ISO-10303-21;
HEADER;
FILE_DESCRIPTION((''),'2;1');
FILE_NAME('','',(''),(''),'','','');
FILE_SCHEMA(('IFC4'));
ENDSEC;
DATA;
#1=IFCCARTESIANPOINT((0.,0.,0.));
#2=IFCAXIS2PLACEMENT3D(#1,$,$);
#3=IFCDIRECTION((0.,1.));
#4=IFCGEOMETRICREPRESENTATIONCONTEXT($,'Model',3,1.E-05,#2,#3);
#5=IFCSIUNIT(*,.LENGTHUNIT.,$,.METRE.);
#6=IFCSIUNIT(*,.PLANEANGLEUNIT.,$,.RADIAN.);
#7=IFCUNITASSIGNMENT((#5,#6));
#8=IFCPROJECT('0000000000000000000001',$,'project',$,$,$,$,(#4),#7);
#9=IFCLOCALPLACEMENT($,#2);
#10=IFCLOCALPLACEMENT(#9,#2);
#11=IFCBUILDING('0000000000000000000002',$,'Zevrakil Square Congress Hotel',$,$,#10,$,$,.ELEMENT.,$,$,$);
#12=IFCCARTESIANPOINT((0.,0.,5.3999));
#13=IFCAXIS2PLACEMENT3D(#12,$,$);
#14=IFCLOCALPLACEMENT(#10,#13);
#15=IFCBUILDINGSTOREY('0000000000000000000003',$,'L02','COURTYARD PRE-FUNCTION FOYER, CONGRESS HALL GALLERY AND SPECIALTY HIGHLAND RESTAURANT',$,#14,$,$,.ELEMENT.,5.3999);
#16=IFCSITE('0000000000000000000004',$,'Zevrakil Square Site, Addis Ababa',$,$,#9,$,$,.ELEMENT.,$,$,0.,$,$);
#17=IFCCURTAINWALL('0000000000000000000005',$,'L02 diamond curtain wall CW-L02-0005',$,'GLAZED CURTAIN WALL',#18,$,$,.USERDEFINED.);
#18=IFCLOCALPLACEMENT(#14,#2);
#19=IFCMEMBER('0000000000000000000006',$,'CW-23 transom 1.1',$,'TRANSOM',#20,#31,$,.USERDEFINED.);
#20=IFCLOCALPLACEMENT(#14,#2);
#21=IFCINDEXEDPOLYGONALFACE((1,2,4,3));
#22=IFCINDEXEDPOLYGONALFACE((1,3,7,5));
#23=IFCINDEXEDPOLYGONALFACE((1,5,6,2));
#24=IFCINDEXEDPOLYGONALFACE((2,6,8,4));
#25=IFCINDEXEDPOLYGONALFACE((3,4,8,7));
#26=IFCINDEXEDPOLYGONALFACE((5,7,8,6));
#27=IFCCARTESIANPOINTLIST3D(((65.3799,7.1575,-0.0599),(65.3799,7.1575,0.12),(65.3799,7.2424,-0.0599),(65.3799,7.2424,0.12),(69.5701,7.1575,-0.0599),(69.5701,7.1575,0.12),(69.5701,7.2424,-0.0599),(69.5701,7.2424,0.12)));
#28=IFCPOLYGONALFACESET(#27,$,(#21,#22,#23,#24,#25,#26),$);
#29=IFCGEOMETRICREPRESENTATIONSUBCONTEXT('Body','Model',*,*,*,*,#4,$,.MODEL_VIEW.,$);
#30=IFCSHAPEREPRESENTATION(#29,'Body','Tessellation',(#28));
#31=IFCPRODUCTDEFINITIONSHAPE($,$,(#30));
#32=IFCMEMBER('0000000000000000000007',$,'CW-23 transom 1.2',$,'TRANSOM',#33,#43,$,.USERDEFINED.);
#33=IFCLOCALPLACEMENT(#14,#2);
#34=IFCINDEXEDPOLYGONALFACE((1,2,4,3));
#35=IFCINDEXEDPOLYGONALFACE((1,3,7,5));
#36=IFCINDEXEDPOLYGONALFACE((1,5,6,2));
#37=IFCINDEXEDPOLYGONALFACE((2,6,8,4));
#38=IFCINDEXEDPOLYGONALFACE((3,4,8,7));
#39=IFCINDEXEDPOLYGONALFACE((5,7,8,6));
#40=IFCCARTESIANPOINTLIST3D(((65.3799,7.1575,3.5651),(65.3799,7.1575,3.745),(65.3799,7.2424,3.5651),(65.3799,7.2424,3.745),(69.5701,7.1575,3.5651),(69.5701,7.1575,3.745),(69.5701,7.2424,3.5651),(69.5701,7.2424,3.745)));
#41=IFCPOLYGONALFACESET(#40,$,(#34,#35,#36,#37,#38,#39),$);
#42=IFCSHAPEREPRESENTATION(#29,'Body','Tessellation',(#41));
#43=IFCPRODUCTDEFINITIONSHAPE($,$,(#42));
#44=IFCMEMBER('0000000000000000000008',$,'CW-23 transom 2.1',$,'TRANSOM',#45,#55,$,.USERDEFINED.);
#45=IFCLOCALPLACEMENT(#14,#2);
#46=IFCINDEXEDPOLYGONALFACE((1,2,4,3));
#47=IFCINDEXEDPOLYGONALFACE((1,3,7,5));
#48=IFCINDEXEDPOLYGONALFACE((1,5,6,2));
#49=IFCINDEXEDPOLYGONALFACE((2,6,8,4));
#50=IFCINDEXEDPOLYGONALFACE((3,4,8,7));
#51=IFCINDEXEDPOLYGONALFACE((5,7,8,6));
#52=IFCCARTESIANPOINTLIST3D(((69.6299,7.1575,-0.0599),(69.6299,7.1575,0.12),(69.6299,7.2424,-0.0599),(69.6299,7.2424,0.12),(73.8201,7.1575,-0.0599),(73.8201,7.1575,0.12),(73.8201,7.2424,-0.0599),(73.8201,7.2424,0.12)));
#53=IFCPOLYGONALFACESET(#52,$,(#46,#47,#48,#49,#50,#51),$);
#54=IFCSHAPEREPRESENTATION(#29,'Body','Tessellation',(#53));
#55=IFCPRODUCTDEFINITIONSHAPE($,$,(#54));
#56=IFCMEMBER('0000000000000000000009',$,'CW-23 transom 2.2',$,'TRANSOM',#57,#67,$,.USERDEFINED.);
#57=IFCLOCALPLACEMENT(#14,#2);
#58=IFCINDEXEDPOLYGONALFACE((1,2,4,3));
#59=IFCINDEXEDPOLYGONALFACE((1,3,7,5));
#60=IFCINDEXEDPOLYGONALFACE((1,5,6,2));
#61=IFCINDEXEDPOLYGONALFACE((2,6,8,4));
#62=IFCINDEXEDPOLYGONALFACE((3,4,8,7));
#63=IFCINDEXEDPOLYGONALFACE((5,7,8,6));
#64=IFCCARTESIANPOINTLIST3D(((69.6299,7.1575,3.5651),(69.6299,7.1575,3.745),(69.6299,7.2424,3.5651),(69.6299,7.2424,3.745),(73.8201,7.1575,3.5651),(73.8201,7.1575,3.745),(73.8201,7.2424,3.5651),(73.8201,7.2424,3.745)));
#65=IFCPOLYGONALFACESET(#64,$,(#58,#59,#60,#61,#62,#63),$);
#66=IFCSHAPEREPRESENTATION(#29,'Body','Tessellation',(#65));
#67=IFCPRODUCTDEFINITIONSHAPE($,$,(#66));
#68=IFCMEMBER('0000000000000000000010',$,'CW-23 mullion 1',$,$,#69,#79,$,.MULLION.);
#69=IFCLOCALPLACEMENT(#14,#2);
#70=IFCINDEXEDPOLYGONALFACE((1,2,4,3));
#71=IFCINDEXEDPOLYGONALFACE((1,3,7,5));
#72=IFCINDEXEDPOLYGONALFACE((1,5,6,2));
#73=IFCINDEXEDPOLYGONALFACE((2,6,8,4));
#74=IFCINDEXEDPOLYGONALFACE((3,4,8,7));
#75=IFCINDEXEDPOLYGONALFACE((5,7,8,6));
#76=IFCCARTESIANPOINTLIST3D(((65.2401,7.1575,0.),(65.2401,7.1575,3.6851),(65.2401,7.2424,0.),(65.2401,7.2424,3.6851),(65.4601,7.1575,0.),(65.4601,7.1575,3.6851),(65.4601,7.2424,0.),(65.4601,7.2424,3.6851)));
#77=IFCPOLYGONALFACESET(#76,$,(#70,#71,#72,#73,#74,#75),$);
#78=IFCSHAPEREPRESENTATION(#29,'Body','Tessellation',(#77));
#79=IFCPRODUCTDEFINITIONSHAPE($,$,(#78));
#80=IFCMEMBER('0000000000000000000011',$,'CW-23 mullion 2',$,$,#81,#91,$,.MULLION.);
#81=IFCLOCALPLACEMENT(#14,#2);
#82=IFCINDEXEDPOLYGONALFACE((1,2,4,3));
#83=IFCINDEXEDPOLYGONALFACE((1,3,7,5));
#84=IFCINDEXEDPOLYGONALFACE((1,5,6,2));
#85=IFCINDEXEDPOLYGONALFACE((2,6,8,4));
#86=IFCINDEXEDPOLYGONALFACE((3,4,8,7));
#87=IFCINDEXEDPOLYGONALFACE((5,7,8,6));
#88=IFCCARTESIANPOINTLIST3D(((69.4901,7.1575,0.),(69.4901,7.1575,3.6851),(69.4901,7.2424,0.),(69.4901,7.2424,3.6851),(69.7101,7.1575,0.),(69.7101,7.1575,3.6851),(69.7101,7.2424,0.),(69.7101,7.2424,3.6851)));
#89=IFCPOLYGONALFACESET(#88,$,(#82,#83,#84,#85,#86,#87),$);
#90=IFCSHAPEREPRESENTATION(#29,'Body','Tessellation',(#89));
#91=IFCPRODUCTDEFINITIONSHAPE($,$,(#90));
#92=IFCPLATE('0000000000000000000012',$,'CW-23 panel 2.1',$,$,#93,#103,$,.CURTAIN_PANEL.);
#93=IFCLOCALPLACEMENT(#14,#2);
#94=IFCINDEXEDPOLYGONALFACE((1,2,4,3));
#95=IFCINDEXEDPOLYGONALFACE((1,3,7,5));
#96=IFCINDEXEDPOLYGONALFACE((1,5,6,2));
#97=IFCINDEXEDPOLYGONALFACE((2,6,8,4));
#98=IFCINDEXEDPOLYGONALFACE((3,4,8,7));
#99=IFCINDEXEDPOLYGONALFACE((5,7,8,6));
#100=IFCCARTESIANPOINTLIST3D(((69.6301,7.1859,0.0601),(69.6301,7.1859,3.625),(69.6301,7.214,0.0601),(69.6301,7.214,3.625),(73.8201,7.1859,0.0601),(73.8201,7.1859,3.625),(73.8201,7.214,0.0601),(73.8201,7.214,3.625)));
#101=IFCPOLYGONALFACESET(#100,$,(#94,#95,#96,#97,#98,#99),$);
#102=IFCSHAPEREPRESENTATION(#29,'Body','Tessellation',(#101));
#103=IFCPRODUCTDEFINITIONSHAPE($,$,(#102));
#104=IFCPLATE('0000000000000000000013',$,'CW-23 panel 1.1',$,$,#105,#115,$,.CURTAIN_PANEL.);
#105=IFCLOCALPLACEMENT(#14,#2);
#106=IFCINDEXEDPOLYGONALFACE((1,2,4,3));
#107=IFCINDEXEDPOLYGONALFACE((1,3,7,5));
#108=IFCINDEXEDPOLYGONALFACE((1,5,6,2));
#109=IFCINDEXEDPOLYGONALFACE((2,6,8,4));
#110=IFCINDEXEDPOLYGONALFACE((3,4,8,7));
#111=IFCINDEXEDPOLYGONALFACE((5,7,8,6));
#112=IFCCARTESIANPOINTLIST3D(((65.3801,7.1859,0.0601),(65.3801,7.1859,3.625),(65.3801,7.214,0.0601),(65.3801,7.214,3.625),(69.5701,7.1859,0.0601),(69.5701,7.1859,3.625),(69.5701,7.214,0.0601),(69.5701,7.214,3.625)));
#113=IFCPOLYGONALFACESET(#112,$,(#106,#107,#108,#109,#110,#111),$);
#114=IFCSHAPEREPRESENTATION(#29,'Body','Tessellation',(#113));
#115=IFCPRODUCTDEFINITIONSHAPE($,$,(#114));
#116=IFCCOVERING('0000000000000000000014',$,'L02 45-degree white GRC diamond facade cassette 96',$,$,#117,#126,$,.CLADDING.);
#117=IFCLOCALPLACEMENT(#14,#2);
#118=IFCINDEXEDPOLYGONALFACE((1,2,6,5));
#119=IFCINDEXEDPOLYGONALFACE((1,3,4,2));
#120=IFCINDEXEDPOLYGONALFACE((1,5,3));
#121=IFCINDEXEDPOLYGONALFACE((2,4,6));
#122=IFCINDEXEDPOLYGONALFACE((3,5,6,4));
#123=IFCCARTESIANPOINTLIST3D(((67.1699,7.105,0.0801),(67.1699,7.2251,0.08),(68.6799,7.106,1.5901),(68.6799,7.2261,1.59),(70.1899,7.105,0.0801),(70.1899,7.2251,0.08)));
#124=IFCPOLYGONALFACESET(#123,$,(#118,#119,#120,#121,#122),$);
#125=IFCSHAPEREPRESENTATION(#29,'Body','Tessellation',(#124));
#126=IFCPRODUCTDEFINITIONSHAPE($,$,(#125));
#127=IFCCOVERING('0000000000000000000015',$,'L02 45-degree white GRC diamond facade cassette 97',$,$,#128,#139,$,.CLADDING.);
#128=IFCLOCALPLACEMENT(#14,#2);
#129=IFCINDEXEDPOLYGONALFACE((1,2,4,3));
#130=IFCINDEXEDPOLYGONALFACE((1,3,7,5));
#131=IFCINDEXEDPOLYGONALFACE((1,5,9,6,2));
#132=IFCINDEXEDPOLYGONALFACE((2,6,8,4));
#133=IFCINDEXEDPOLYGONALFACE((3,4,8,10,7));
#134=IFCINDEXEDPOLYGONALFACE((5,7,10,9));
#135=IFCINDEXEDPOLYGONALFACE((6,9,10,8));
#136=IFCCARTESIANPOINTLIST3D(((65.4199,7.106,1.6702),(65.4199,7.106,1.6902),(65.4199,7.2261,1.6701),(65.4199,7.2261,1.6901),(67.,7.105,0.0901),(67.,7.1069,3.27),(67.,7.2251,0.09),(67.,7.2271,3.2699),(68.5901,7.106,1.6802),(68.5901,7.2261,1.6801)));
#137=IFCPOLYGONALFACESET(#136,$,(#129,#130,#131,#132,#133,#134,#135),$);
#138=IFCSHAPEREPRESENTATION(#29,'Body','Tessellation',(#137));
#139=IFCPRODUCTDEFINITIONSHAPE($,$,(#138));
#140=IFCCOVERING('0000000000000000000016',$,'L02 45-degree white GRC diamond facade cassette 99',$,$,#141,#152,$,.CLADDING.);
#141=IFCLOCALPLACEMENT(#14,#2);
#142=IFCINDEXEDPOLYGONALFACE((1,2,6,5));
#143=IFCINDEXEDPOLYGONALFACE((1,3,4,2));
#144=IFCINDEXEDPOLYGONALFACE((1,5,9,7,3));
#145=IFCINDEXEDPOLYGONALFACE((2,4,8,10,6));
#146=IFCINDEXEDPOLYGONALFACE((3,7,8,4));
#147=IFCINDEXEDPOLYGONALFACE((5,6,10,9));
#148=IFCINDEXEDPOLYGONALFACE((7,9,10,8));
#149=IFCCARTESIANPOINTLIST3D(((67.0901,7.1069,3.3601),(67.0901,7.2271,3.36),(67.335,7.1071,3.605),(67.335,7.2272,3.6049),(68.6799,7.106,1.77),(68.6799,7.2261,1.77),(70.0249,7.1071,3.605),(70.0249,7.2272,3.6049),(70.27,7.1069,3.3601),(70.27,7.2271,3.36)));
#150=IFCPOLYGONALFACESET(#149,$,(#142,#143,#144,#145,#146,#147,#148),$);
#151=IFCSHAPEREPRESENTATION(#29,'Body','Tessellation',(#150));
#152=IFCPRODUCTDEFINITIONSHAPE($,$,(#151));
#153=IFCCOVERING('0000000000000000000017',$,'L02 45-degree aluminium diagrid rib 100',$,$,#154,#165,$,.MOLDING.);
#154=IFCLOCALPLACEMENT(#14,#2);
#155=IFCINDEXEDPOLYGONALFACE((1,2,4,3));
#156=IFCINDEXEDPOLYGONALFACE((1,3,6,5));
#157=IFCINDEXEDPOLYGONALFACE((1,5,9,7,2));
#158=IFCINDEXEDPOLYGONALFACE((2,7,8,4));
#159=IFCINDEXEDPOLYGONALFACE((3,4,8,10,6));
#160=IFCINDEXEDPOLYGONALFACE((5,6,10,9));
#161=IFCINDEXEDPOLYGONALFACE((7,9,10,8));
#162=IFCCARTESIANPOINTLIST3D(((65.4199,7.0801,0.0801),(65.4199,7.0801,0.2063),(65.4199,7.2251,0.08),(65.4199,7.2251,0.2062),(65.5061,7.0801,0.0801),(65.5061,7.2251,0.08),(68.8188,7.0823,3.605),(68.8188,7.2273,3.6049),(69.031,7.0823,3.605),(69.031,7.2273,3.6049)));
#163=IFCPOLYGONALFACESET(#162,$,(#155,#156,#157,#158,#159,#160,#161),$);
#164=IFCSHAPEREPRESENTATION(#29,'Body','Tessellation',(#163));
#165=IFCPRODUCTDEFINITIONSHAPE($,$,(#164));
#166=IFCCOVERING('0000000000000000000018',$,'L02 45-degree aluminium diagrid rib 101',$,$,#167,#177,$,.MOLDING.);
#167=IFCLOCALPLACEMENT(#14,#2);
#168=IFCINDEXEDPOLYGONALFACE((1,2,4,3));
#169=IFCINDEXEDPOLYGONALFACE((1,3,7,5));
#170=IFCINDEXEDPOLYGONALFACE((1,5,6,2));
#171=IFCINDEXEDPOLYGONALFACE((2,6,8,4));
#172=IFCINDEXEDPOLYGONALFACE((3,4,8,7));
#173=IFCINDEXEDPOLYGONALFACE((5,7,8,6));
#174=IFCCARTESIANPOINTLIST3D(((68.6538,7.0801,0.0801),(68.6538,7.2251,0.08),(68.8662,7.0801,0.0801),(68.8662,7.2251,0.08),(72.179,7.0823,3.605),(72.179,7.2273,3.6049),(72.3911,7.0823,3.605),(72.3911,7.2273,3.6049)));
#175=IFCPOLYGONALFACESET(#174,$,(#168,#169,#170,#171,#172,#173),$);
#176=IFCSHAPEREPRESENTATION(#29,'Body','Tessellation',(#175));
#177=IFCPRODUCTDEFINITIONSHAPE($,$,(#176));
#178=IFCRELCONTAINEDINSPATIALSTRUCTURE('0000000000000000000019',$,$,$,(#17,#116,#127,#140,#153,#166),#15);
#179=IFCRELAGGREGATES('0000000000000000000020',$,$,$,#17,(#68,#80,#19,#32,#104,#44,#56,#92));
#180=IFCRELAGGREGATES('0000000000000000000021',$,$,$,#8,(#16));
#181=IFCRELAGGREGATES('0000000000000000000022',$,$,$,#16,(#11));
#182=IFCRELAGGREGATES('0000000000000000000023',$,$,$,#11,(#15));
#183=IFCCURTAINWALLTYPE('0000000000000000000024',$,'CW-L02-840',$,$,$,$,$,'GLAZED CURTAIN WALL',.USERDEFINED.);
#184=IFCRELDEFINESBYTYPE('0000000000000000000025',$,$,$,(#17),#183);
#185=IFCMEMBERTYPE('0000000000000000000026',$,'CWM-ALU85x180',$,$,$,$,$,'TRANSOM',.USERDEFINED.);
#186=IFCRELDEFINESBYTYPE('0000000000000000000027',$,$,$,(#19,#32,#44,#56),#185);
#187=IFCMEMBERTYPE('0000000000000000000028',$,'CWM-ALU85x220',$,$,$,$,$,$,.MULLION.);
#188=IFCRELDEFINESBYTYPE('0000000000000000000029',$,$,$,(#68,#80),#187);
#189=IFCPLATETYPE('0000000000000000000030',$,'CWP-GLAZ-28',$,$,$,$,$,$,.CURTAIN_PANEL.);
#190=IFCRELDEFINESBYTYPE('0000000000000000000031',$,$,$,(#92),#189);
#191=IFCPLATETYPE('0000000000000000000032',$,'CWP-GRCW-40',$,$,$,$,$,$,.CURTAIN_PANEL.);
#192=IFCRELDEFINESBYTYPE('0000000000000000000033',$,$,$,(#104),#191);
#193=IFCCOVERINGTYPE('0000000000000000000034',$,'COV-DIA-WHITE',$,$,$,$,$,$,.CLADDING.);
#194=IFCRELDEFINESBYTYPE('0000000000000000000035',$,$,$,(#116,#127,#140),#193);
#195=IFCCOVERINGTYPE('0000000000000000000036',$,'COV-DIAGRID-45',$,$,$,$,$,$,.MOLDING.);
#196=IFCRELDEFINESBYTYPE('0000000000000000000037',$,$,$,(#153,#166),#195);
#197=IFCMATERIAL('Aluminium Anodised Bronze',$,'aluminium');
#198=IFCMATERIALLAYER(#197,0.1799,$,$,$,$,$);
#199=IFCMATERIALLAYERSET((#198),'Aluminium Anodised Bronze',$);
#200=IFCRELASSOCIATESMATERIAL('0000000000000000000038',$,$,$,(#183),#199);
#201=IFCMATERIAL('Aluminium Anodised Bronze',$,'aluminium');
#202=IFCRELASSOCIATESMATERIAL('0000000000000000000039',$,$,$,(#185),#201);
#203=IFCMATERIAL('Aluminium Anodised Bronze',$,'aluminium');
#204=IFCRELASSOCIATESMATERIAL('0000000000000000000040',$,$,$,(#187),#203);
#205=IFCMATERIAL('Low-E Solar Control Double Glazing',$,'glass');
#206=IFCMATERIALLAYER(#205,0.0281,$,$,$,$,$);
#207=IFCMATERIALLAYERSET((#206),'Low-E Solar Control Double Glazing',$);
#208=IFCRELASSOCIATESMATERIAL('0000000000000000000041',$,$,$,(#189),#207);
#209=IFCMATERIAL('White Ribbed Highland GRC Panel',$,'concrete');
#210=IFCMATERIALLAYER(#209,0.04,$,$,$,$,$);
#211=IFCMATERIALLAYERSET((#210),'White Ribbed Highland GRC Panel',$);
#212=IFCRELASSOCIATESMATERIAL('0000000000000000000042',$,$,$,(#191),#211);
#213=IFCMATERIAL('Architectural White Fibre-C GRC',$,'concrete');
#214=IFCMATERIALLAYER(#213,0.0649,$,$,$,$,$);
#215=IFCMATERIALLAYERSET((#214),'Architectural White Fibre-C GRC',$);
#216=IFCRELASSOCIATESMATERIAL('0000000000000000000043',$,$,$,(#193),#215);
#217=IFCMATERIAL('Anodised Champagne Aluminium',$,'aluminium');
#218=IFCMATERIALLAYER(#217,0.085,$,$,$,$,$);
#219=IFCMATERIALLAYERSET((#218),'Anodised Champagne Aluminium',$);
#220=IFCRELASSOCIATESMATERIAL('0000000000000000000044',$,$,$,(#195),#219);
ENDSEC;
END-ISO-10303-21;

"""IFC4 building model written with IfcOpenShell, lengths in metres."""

from ifc_helpers import new_model, si_unit, direction, frame, origin, origin_2d, place, context, subcontext, project, spatial, polyline, rectangle, outline, extrude, material, layer, layer_set, material_profile, profile_set, type_object, element, aggregate, save


model = new_model("IFC4")

# Units and contexts
model_context = context("Model", 3, precision=1e-05, world=origin(), true_north=direction((0.0, 1.0)))
body_context = subcontext(model_context, "Body", "Model", "MODEL_VIEW")
ifc_project = project(units=[si_unit("LENGTHUNIT", "METRE"), si_unit("PLANEANGLEUNIT", "RADIAN")], contexts=[model_context])

# Site, building, storey
site_placement = place(None, origin())
site = spatial("IfcSite", under=ifc_project, at=site_placement, Name="Zevrakil Square Site, Addis Ababa", CompositionType="ELEMENT", RefElevation=0.0)
building_placement = place(site_placement, origin())
building = spatial("IfcBuilding", under=site, at=building_placement, Name="Zevrakil Square Congress Hotel", CompositionType="ELEMENT")
storey_placement = place(building_placement, frame((0.0, 0.0, 5.3999)))
storey = spatial("IfcBuildingStorey", under=building, at=storey_placement, Name="L02", Description="COURTYARD PRE-FUNCTION FOYER, CONGRESS HALL GALLERY AND SPECIALTY HIGHLAND RESTAURANT", CompositionType="ELEMENT", Elevation=5.3999)

# Curtain wall, members, plates
ifc_material_1 = material(Name="Aluminium Anodised Bronze", Category="aluminium")
ifc_layer_1 = layer(ifc_material_1, 0.1799)
ifc_layer_set_1 = layer_set([ifc_layer_1], Name="Aluminium Anodised Bronze")
curtain_wall_type = type_object("IfcCurtainWallType", Name="CW-L02-840", ElementType="GLAZED CURTAIN WALL", PredefinedType="USERDEFINED", material=ifc_layer_set_1)
curtain_wall_placement = place(storey_placement, origin())
curtain_wall = element("IfcCurtainWall", 1, at=curtain_wall_placement, inside=storey, type_object=curtain_wall_type, Name="L02 diamond curtain wall CW-L02-0005", ObjectType="GLAZED CURTAIN WALL", PredefinedType="USERDEFINED")
ifc_material_2 = material(Name="Aluminium Anodised Bronze", Category="aluminium")
ifc_material_profile_1 = material_profile(ifc_material_2, rectangle(XDim=0.085, YDim=0.1799, at=origin_2d()), Name="ALU 85x180")
ifc_profile_set_1 = profile_set([ifc_material_profile_1], Name="Aluminium Anodised Bronze")
member_type_1 = type_object("IfcMemberType", Name="CWM-ALU85x180", ElementType="TRANSOM", PredefinedType="USERDEFINED", material=ifc_profile_set_1)
member_1_placement = place(storey_placement, frame((65.3799, 7.2, 0.03), z_axis=(1.0, 0.0, 0.0), x_axis=(0.0, 1.0, 0.0)))
member_1 = element("IfcMember", 2, at=member_1_placement, type_object=member_type_1, Name="CW-23 transom 1.1", ObjectType="TRANSOM", PredefinedType="USERDEFINED", context=body_context, shape_type="SweptSolid", body=[
    extrude(rectangle(XDim=0.085, YDim=0.1799, at=origin_2d()), origin(), (0.0, 0.0, 1.0), 4.1902),
])
member_2_placement = place(storey_placement, frame((65.3799, 7.2, 3.655), z_axis=(1.0, 0.0, 0.0), x_axis=(0.0, 1.0, 0.0)))
member_2 = element("IfcMember", 3, at=member_2_placement, type_object=member_type_1, Name="CW-23 transom 1.2", ObjectType="TRANSOM", PredefinedType="USERDEFINED", context=body_context, shape_type="SweptSolid", body=[
    extrude(rectangle(XDim=0.085, YDim=0.1799, at=origin_2d()), origin(), (0.0, 0.0, 1.0), 4.1902),
])
member_3_placement = place(storey_placement, frame((69.6299, 7.2, 0.03), z_axis=(1.0, 0.0, 0.0), x_axis=(0.0, 1.0, 0.0)))
member_3 = element("IfcMember", 4, at=member_3_placement, type_object=member_type_1, Name="CW-23 transom 2.1", ObjectType="TRANSOM", PredefinedType="USERDEFINED", context=body_context, shape_type="SweptSolid", body=[
    extrude(rectangle(XDim=0.085, YDim=0.1799, at=origin_2d()), origin(), (0.0, 0.0, 1.0), 4.1902),
])
member_4_placement = place(storey_placement, frame((69.6299, 7.2, 3.655), z_axis=(1.0, 0.0, 0.0), x_axis=(0.0, 1.0, 0.0)))
member_4 = element("IfcMember", 5, at=member_4_placement, type_object=member_type_1, Name="CW-23 transom 2.2", ObjectType="TRANSOM", PredefinedType="USERDEFINED", context=body_context, shape_type="SweptSolid", body=[
    extrude(rectangle(XDim=0.085, YDim=0.1799, at=origin_2d()), origin(), (0.0, 0.0, 1.0), 4.1902),
])
ifc_material_3 = material(Name="Aluminium Anodised Bronze", Category="aluminium")
ifc_material_profile_2 = material_profile(ifc_material_3, rectangle(XDim=0.085, YDim=0.22, at=origin_2d()), Name="ALU 85x220")
ifc_profile_set_2 = profile_set([ifc_material_profile_2], Name="Aluminium Anodised Bronze")
member_type_2 = type_object("IfcMemberType", Name="CWM-ALU85x220", PredefinedType="MULLION", material=ifc_profile_set_2)
member_5_placement = place(storey_placement, frame((65.3501, 7.2, 0.0), z_axis=(0.0, 0.0, 1.0), x_axis=(0.0, 1.0, 0.0)))
member_5 = element("IfcMember", 6, at=member_5_placement, type_object=member_type_2, Name="CW-23 mullion 1", PredefinedType="MULLION", context=body_context, shape_type="SweptSolid", body=[
    extrude(rectangle(XDim=0.085, YDim=0.22, at=origin_2d()), origin(), (0.0, 0.0, 1.0), 3.6851),
])
member_6_placement = place(storey_placement, frame((69.6001, 7.2, 0.0), z_axis=(0.0, 0.0, 1.0), x_axis=(0.0, 1.0, 0.0)))
member_6 = element("IfcMember", 7, at=member_6_placement, type_object=member_type_2, Name="CW-23 mullion 2", PredefinedType="MULLION", context=body_context, shape_type="SweptSolid", body=[
    extrude(rectangle(XDim=0.085, YDim=0.22, at=origin_2d()), origin(), (0.0, 0.0, 1.0), 3.6851),
])
ifc_material_4 = material(Name="Low-E Solar Control Double Glazing", Category="glass")
ifc_layer_2 = layer(ifc_material_4, 0.0281)
ifc_layer_set_2 = layer_set([ifc_layer_2], Name="Low-E Solar Control Double Glazing")
plate_type_1 = type_object("IfcPlateType", Name="CWP-GLAZ-28", PredefinedType="CURTAIN_PANEL", material=ifc_layer_set_2)
plate_1_placement = place(storey_placement, frame((71.7251, 7.2, 0.0601), z_axis=(0.0, 0.0, 1.0), x_axis=(1.0, 0.0, 0.0)))
plate_1 = element("IfcPlate", 8, at=plate_1_placement, type_object=plate_type_1, Name="CW-23 panel 2.1", PredefinedType="CURTAIN_PANEL", context=body_context, shape_type="SweptSolid", body=[
    extrude(rectangle(XDim=4.1899, YDim=0.0281, at=origin_2d()), origin(), (0.0, 0.0, 1.0), 3.5649),
])
ifc_material_5 = material(Name="White Ribbed Highland GRC Panel", Category="concrete")
ifc_layer_3 = layer(ifc_material_5, 0.04)
ifc_layer_set_3 = layer_set([ifc_layer_3], Name="White Ribbed Highland GRC Panel")
plate_type_2 = type_object("IfcPlateType", Name="CWP-GRCW-40", PredefinedType="CURTAIN_PANEL", material=ifc_layer_set_3)
plate_2_placement = place(storey_placement, frame((67.4751, 7.2, 0.0601), z_axis=(0.0, 0.0, 1.0), x_axis=(1.0, 0.0, 0.0)))
plate_2 = element("IfcPlate", 9, at=plate_2_placement, type_object=plate_type_2, Name="CW-23 panel 1.1", PredefinedType="CURTAIN_PANEL", context=body_context, shape_type="SweptSolid", body=[
    extrude(rectangle(XDim=4.1899, YDim=0.0281, at=origin_2d()), origin(), (0.0, 0.0, 1.0), 3.5649),
])
aggregate(curtain_wall, [member_5, member_6, member_1, member_2, plate_2, member_3, member_4, plate_1])

# Coverings
ifc_material_6 = material(Name="Architectural White Fibre-C GRC", Category="concrete")
ifc_layer_4 = layer(ifc_material_6, 0.0649)
ifc_layer_set_4 = layer_set([ifc_layer_4], Name="Architectural White Fibre-C GRC")
covering_type_1 = type_object("IfcCoveringType", Name="COV-DIA-WHITE", PredefinedType="CLADDING", material=ifc_layer_set_4)
covering_1_placement = place(storey_placement, frame((68.6799, 7.106, 1.5901), z_axis=(0.0, -1.0, 0.000647), x_axis=(0.707107, -0.000457, -0.707107)))
element("IfcCovering", 10, at=covering_1_placement, inside=storey, type_object=covering_type_1, Name="L02 45-degree white GRC diamond facade cassette 96", PredefinedType="CLADDING", context=body_context, shape_type="SweptSolid", body=[
    extrude(outline(polyline([(0.0, 0.0), (2.1355, 0.0), (0.0, -2.1355), (0.0, 0.0)])), origin(), (0.0, 0.0, -1.0), 0.1201),
])
covering_2_placement = place(storey_placement, frame((67.0, 7.1069, 3.27), z_axis=(0.0, -1.0, 0.000612), x_axis=(0.707161, -0.000433, -0.707052)))
element("IfcCovering", 11, at=covering_2_placement, inside=storey, type_object=covering_type_1, Name="L02 45-degree white GRC diamond facade cassette 97", PredefinedType="CLADDING", context=body_context, shape_type="SweptSolid", body=[
    extrude(outline(polyline([(0.0, 0.0), (2.2486, 0.0), (2.2484, -2.2487), (0.0138, -2.2486), (-0.0003, -2.2344), (0.0, 0.0)])), origin(), (0.0, 0.0, -1.0), 0.1201),
])
covering_3_placement = place(storey_placement, frame((70.27, 7.1069, 3.3601), z_axis=(0.0, -1.0, 0.000579), x_axis=(-0.707107, -0.00041, -0.707107)))
element("IfcCovering", 12, at=covering_3_placement, inside=storey, type_object=covering_type_1, Name="L02 45-degree white GRC diamond facade cassette 99", PredefinedType="CLADDING", context=body_context, shape_type="SweptSolid", body=[
    extrude(outline(polyline([(0.0, 0.0), (2.2487, 0.0), (2.2486, -2.2486), (1.9022, -2.2486), (0.0002, -0.3465), (0.0, 0.0)])), origin(), (0.0, 0.0, -1.0), 0.1201),
])
ifc_material_7 = material(Name="Anodised Champagne Aluminium", Category="aluminium")
ifc_layer_5 = layer(ifc_material_7, 0.085)
ifc_layer_set_5 = layer_set([ifc_layer_5], Name="Anodised Champagne Aluminium")
covering_type_2 = type_object("IfcCoveringType", Name="COV-DIAGRID-45", PredefinedType="MOLDING", material=ifc_layer_set_5)
covering_4_placement = place(storey_placement, frame((65.5061, 7.0801, 0.0801), z_axis=(0.000187, -1.0, 0.000443), x_axis=(-1.0, -0.000187, 0.0)))
element("IfcCovering", 13, at=covering_4_placement, inside=storey, type_object=covering_type_2, Name="L02 45-degree aluminium diagrid rib 100", PredefinedType="MOLDING", context=body_context, shape_type="SweptSolid", body=[
    extrude(outline(polyline([(0.0, 0.0), (0.0862, 0.0), (0.0862, -0.1262), (-3.3127, -3.5249), (-3.5249, -3.5249), (0.0, 0.0)])), origin(), (0.0, 0.0, -1.0), 0.145),
])
covering_5_placement = place(storey_placement, frame((68.8662, 7.0801, 0.0801), z_axis=(0.0, -1.0, 0.000623), x_axis=(-1.0, 0.0, 0.0)))
element("IfcCovering", 14, at=covering_5_placement, inside=storey, type_object=covering_type_2, Name="L02 45-degree aluminium diagrid rib 101", PredefinedType="MOLDING", context=body_context, shape_type="SweptSolid", body=[
    extrude(outline(polyline([(0.0, 0.0), (0.2124, 0.0), (-3.3127, -3.5249), (-3.5249, -3.5249), (0.0, 0.0)])), origin(), (0.0, 0.0, -1.0), 0.145),
])

save(model, "model.ifc")
